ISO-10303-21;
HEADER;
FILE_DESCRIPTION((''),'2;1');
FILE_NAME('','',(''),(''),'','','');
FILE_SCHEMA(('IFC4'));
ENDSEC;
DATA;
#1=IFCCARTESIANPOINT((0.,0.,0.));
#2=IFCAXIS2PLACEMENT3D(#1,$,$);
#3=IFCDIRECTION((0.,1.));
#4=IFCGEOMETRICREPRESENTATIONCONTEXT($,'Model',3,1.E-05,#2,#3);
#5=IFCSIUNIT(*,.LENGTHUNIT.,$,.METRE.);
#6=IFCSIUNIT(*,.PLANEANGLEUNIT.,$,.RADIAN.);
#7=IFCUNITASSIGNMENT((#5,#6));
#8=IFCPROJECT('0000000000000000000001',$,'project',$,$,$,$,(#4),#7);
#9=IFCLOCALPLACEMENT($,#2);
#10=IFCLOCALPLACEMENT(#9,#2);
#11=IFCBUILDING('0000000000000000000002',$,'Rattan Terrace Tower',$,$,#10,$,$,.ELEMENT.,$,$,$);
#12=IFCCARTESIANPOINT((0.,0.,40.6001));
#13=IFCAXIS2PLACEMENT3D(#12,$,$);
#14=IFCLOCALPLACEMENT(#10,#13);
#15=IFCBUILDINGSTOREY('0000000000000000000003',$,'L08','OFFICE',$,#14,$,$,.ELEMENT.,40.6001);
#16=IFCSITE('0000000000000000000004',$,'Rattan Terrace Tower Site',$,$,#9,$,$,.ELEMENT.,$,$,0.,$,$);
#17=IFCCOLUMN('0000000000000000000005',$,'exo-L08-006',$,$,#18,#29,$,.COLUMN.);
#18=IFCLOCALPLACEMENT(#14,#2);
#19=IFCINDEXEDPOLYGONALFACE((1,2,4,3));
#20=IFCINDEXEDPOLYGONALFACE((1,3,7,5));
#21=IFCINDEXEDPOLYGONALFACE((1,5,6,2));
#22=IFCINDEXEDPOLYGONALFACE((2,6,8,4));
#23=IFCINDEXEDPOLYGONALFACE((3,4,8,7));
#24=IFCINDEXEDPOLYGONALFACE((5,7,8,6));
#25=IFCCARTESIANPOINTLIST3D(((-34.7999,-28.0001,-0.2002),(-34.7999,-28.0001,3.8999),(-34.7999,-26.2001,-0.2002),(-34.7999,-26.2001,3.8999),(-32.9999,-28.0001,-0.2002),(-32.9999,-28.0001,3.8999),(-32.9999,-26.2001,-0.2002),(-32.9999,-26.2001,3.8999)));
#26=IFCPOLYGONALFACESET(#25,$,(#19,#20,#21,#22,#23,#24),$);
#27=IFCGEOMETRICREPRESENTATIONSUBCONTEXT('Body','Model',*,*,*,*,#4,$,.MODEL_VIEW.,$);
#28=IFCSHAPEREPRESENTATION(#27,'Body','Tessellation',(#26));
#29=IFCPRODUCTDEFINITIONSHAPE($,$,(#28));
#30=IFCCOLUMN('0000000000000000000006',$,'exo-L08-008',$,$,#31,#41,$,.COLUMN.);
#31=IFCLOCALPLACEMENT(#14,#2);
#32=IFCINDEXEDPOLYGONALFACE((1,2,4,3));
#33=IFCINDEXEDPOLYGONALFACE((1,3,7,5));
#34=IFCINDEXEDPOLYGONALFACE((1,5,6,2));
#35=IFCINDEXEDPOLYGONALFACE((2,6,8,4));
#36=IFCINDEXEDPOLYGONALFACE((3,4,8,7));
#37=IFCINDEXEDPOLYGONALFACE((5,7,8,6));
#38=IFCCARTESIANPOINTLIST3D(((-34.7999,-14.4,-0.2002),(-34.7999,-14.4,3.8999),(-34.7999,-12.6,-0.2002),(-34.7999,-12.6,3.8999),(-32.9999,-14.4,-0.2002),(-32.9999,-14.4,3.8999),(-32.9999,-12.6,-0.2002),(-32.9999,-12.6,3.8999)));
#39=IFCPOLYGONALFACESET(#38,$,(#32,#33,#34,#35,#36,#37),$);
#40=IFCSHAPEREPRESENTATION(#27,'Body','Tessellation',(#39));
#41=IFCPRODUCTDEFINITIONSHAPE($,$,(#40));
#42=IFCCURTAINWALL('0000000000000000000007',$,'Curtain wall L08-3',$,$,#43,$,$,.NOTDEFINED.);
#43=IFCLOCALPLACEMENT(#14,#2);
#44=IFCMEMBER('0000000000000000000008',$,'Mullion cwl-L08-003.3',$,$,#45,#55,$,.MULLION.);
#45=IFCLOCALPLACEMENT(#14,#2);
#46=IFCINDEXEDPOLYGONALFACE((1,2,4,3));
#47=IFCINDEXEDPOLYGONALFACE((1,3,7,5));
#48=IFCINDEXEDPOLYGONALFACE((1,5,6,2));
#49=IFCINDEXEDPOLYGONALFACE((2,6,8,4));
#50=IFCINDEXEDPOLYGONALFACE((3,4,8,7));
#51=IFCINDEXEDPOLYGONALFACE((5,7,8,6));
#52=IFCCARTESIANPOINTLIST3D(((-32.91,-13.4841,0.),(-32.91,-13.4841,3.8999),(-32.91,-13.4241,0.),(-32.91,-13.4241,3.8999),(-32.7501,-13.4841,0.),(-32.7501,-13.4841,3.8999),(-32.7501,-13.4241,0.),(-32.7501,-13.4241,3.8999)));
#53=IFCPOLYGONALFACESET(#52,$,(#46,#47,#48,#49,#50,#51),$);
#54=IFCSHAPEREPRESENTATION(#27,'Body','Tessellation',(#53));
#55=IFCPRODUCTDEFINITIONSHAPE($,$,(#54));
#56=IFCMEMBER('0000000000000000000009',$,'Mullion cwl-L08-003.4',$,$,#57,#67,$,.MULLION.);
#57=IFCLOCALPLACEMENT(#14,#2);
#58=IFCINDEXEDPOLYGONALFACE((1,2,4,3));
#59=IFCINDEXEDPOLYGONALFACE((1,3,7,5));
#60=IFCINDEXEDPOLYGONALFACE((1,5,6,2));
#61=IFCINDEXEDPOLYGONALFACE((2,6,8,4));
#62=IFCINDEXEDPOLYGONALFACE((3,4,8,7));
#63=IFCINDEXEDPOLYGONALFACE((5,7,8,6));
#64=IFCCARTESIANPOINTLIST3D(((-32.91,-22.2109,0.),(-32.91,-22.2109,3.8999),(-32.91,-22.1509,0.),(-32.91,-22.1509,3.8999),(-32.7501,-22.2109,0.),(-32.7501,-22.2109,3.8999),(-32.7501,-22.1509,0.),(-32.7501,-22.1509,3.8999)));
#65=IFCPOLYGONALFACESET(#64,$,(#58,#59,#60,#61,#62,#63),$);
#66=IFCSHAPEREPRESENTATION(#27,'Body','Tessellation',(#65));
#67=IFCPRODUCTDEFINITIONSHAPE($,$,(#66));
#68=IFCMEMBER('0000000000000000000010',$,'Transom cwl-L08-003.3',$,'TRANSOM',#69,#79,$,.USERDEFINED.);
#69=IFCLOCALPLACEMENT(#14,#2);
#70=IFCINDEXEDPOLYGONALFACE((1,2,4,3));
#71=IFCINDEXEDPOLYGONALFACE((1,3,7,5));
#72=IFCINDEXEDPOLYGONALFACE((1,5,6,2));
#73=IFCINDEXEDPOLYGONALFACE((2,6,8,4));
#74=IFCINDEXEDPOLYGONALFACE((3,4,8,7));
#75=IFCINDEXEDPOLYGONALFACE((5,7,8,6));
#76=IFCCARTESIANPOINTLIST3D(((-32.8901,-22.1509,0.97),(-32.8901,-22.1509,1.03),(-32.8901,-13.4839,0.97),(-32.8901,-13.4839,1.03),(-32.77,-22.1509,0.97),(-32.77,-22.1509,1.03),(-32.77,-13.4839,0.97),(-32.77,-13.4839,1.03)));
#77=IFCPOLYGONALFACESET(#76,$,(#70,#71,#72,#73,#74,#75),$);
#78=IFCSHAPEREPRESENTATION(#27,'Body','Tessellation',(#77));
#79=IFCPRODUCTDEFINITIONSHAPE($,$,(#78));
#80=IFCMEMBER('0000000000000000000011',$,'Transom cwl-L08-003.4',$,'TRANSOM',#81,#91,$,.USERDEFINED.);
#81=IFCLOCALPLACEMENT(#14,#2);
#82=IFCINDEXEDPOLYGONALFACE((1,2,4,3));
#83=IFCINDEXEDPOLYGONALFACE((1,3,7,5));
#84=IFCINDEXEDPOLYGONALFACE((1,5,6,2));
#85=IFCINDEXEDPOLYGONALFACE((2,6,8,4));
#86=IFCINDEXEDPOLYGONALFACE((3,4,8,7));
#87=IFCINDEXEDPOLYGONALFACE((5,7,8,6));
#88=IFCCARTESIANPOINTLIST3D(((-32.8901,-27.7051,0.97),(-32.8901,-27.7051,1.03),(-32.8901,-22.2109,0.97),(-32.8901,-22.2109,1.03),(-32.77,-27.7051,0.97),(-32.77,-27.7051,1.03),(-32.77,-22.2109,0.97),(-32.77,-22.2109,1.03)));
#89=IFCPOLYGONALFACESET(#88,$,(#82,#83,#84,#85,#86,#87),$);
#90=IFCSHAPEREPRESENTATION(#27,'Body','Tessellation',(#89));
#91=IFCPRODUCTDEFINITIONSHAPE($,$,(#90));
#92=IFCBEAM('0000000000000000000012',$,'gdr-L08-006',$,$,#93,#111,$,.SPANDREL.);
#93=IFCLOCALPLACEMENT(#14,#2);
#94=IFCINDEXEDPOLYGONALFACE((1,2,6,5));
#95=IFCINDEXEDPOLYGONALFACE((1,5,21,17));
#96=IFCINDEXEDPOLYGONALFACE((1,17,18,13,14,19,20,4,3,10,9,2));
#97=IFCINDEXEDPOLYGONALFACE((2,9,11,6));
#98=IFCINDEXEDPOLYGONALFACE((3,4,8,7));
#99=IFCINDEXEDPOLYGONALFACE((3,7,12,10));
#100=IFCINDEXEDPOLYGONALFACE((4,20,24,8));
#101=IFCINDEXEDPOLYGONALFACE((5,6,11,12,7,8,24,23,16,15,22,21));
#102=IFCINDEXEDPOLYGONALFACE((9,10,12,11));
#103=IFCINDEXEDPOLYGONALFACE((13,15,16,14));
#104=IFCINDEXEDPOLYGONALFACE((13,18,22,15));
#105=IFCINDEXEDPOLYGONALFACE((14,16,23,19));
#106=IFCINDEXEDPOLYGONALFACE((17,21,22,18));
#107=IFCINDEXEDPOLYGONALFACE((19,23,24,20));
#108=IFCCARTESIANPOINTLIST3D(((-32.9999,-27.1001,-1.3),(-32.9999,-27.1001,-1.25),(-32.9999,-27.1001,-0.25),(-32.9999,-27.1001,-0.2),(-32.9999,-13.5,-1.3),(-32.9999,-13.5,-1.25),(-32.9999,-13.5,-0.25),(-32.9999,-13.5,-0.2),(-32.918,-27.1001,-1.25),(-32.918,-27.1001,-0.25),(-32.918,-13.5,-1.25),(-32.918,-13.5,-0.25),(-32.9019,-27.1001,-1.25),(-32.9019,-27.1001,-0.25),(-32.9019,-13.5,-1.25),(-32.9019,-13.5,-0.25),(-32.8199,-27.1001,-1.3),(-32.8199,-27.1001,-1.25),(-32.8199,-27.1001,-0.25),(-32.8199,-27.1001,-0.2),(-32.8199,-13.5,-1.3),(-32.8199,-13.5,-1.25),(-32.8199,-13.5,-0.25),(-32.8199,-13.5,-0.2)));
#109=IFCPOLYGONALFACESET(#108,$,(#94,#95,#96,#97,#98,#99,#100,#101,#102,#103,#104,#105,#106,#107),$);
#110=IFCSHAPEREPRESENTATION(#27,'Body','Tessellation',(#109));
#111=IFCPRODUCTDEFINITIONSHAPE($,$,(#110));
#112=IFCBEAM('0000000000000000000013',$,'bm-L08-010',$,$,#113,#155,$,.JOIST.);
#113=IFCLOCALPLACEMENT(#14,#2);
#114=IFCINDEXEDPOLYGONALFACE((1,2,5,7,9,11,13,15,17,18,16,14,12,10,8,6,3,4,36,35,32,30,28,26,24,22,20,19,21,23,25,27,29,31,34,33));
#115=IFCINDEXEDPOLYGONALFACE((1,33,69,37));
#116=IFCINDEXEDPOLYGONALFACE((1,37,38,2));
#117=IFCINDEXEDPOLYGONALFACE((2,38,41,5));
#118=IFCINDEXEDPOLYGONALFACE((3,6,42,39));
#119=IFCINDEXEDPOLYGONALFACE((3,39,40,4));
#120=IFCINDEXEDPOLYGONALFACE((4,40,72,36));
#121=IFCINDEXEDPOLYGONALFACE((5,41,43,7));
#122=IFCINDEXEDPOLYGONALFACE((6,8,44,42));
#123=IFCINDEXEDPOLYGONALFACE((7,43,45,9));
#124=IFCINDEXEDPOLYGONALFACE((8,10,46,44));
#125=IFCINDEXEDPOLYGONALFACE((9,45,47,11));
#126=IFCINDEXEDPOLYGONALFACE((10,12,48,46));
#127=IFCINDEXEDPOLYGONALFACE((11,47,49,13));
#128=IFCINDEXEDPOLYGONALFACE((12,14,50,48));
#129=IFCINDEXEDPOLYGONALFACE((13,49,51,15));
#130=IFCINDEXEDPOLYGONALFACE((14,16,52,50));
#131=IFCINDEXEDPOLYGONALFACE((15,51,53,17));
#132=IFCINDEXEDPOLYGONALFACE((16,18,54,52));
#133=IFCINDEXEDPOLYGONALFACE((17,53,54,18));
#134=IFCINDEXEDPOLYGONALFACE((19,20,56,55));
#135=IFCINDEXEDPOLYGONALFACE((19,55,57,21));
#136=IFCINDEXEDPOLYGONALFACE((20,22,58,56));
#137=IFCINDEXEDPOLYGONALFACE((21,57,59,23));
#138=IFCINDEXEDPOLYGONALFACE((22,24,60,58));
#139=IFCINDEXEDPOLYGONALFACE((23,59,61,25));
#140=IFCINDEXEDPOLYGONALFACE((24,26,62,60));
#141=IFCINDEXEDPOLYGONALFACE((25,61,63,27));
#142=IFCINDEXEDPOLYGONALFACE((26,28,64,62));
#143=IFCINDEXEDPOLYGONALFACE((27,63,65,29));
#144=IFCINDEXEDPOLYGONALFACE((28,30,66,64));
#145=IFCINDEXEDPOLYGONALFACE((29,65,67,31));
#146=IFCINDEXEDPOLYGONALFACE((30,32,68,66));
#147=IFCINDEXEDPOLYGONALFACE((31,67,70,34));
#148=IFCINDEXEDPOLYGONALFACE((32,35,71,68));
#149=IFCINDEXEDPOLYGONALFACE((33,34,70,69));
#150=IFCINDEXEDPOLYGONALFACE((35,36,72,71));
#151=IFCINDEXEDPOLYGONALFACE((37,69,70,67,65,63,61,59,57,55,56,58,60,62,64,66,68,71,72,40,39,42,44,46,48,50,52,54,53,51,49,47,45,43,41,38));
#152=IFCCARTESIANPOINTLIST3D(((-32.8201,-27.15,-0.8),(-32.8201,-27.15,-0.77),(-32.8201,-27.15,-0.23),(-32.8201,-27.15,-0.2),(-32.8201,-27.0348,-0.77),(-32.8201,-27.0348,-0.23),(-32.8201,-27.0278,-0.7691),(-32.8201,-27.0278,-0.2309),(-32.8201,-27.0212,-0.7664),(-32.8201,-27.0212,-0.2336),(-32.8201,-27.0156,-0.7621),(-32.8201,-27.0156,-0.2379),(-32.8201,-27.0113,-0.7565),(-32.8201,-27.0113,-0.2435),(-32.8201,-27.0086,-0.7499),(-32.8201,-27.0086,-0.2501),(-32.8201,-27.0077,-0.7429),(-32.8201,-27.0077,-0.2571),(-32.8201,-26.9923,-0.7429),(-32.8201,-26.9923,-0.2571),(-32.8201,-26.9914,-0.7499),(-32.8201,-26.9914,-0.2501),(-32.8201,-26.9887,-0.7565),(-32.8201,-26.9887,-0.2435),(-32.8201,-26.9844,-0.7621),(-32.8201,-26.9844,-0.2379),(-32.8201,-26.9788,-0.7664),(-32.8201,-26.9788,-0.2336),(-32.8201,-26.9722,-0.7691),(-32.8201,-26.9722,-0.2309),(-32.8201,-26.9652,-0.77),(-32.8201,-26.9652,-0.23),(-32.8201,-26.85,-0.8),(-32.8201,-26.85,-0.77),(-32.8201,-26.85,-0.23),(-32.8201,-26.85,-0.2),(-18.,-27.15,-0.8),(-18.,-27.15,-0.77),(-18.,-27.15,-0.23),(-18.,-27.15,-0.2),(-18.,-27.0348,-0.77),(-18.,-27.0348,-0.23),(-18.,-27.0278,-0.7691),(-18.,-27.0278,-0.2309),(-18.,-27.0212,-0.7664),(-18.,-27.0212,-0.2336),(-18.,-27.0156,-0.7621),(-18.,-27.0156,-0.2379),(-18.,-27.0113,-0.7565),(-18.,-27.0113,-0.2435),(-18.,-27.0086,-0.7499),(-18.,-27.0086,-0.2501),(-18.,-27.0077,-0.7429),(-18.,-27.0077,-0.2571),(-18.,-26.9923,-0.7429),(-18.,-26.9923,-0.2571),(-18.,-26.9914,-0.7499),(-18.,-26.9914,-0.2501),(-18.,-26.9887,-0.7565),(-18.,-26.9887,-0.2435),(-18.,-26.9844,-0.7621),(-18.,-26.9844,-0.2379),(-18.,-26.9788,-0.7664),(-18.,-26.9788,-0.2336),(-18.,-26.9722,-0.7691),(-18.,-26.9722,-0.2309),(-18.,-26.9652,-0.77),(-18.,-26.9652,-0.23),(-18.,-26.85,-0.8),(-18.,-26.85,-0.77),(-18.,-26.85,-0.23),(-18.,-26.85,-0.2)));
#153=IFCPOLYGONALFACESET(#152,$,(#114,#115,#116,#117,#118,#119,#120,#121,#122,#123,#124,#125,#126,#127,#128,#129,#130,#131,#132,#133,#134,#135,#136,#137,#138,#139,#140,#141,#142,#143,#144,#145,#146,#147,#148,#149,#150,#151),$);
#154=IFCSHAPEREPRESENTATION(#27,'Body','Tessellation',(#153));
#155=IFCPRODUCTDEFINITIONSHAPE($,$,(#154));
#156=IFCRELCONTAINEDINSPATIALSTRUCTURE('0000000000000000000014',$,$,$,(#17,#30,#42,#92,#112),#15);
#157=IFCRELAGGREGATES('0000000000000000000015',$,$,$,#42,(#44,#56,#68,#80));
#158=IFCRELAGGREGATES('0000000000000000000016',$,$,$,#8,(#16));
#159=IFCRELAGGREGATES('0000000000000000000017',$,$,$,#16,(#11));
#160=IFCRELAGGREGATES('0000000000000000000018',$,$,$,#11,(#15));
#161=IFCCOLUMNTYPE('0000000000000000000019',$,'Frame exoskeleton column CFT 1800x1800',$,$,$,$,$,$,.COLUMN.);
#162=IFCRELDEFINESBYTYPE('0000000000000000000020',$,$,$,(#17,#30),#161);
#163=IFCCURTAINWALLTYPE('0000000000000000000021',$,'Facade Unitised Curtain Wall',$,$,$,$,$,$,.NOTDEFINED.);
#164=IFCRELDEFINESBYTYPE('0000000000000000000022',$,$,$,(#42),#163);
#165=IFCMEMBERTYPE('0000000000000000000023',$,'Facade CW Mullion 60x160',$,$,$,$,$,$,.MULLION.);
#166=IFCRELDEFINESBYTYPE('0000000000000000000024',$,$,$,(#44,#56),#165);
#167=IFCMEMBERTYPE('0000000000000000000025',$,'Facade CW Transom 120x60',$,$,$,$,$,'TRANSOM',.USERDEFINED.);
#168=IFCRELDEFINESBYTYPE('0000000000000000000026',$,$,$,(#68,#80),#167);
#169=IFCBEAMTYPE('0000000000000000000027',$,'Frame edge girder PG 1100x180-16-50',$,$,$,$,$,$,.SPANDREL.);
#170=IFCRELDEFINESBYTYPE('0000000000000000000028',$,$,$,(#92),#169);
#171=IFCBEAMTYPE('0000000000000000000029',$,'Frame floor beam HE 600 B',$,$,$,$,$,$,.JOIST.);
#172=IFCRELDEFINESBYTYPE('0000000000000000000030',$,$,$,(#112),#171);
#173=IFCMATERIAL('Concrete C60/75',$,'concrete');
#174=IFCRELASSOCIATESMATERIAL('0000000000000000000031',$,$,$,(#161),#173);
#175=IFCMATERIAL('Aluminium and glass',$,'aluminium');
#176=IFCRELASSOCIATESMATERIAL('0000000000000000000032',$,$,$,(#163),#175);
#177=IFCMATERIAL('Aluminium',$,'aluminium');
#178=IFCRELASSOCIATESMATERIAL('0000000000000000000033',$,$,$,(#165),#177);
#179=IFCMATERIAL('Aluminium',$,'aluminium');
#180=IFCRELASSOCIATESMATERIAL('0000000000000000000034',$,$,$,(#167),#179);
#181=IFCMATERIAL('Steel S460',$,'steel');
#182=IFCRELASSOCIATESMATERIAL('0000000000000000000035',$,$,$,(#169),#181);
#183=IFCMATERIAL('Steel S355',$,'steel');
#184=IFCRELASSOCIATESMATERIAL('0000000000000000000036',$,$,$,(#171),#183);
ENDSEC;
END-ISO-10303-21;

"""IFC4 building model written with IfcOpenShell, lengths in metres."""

from ifc_helpers import new_model, si_unit, direction, frame, origin, origin_2d, place, context, subcontext, project, spatial, rectangle, i_section, extrude, material, material_profile, profile_set, type_object, element, aggregate, save


model = new_model("IFC4")

# Units and contexts
model_context = context("Model", 3, precision=1e-05, world=origin(), true_north=direction((0.0, 1.0)))
body_context = subcontext(model_context, "Body", "Model", "MODEL_VIEW")
ifc_project = project(units=[si_unit("LENGTHUNIT", "METRE"), si_unit("PLANEANGLEUNIT", "RADIAN")], contexts=[model_context])

# Site, building, storey
site_placement = place(None, origin())
site = spatial("IfcSite", under=ifc_project, at=site_placement, Name="Rattan Terrace Tower Site", CompositionType="ELEMENT", RefElevation=0.0)
building_placement = place(site_placement, origin())
building = spatial("IfcBuilding", under=site, at=building_placement, Name="Rattan Terrace Tower", CompositionType="ELEMENT")
storey_placement = place(building_placement, frame((0.0, 0.0, 40.6001)))
storey = spatial("IfcBuildingStorey", under=building, at=storey_placement, Name="L08", Description="OFFICE", CompositionType="ELEMENT", Elevation=40.6001)

# Columns
ifc_material_1 = material(Name="Concrete C60/75", Category="concrete")
ifc_material_profile_1 = material_profile(ifc_material_1, rectangle(XDim=1.8, YDim=1.8, at=origin_2d()), Name="CFT 1800x1800")
ifc_profile_set_1 = profile_set([ifc_material_profile_1], Name="Concrete C60/75")
column_type = type_object("IfcColumnType", Name="Frame exoskeleton column CFT 1800x1800", PredefinedType="COLUMN", material=ifc_profile_set_1)
for number, where, z_axis, x_axis, name in (
    (1, (-33.8999, -27.1001, -0.2002), (0.0, 0.0, 1.0), (0.0, 1.0, 0.0), "exo-L08-006"),
    (2, (-33.8999, -13.5, -0.2002), (0.0, 0.0, 1.0), (0.0, 1.0, 0.0), "exo-L08-008"),
):
    element("IfcColumn", number, at=place(storey_placement, frame(where, z_axis=z_axis, x_axis=x_axis)), inside=storey, type_object=column_type, Name=name, PredefinedType="COLUMN", context=body_context, shape_type="SweptSolid", body=[
        extrude(rectangle(XDim=1.8, YDim=1.8, at=origin_2d()), origin(), (0.0, 0.0, 1.0), 4.1001),
    ])

# Curtain wall, members
ifc_material_2 = material(Name="Aluminium and glass", Category="aluminium")
curtain_wall_type = type_object("IfcCurtainWallType", Name="Facade Unitised Curtain Wall", PredefinedType="NOTDEFINED", material=ifc_material_2)
curtain_wall_placement = place(storey_placement, origin())
curtain_wall = element("IfcCurtainWall", 3, at=curtain_wall_placement, inside=storey, type_object=curtain_wall_type, Name="Curtain wall L08-3", PredefinedType="NOTDEFINED")
ifc_material_3 = material(Name="Aluminium", Category="aluminium")
ifc_material_profile_2 = material_profile(ifc_material_3, rectangle(XDim=0.0601, YDim=0.1599, at=origin_2d()), Name="Aluminium 60x160")
ifc_profile_set_2 = profile_set([ifc_material_profile_2], Name="Aluminium")
member_type_1 = type_object("IfcMemberType", Name="Facade CW Mullion 60x160", PredefinedType="MULLION", material=ifc_profile_set_2)
member_1_placement = place(storey_placement, frame((-32.8301, -13.4541, 0.0), z_axis=(0.0, 0.0, 1.0), x_axis=(0.0, -1.0, 0.0)))
member_1 = element("IfcMember", 4, at=member_1_placement, type_object=member_type_1, Name="Mullion cwl-L08-003.3", PredefinedType="MULLION", context=body_context, shape_type="SweptSolid", body=[
    extrude(rectangle(XDim=0.0601, YDim=0.1599, at=origin_2d()), origin(), (0.0, 0.0, 1.0), 3.8999),
])
member_2_placement = place(storey_placement, frame((-32.8301, -22.1809, 0.0), z_axis=(0.0, 0.0, 1.0), x_axis=(0.0, -1.0, 0.0)))
member_2 = element("IfcMember", 5, at=member_2_placement, type_object=member_type_1, Name="Mullion cwl-L08-003.4", PredefinedType="MULLION", context=body_context, shape_type="SweptSolid", body=[
    extrude(rectangle(XDim=0.0601, YDim=0.1599, at=origin_2d()), origin(), (0.0, 0.0, 1.0), 3.8999),
])
ifc_material_4 = material(Name="Aluminium", Category="aluminium")
ifc_material_profile_3 = material_profile(ifc_material_4, rectangle(XDim=0.1201, YDim=0.0601, at=origin_2d()), Name="Aluminium 120x60")
ifc_profile_set_3 = profile_set([ifc_material_profile_3], Name="Aluminium")
member_type_2 = type_object("IfcMemberType", Name="Facade CW Transom 120x60", ElementType="TRANSOM", PredefinedType="USERDEFINED", material=ifc_profile_set_3)
member_3_placement = place(storey_placement, frame((-32.8301, -13.4839, 1.0), z_axis=(0.0, -1.0, 0.0), x_axis=(1.0, 0.0, 0.0)))
member_3 = element("IfcMember", 6, at=member_3_placement, type_object=member_type_2, Name="Transom cwl-L08-003.3", ObjectType="TRANSOM", PredefinedType="USERDEFINED", context=body_context, shape_type="SweptSolid", body=[
    extrude(rectangle(XDim=0.1201, YDim=0.0601, at=origin_2d()), origin(), (0.0, 0.0, 1.0), 8.667),
])
member_4_placement = place(storey_placement, frame((-32.8301, -22.2109, 1.0), z_axis=(0.0, -1.0, 0.0), x_axis=(1.0, 0.0, 0.0)))
member_4 = element("IfcMember", 7, at=member_4_placement, type_object=member_type_2, Name="Transom cwl-L08-003.4", ObjectType="TRANSOM", PredefinedType="USERDEFINED", context=body_context, shape_type="SweptSolid", body=[
    extrude(rectangle(XDim=0.1201, YDim=0.0601, at=origin_2d()), origin(), (0.0, 0.0, 1.0), 5.4941),
])

# Beams
ifc_material_5 = material(Name="Steel S460", Category="steel")
ifc_material_profile_4 = material_profile(ifc_material_5, i_section(OverallWidth=0.1799, OverallDepth=1.1001, WebThickness=0.0161, FlangeThickness=0.05, at=origin_2d()), Name="PG 1100x180-16-50")
ifc_profile_set_4 = profile_set([ifc_material_profile_4], Name="Steel S460")
beam_type_1 = type_object("IfcBeamType", Name="Frame edge girder PG 1100x180-16-50", PredefinedType="SPANDREL", material=ifc_profile_set_4)
beam_placement = place(storey_placement, frame((-32.9099, -13.5, -0.75), z_axis=(0.0, -1.0, 0.0), x_axis=(1.0, 0.0, 0.0)))
element("IfcBeam", 8, at=beam_placement, inside=storey, type_object=beam_type_1, Name="gdr-L08-006", PredefinedType="SPANDREL", context=body_context, shape_type="SweptSolid", body=[
    extrude(i_section(OverallWidth=0.1799, OverallDepth=1.1001, WebThickness=0.0161, FlangeThickness=0.05, at=origin_2d()), origin(), (0.0, 0.0, 1.0), 13.6001),
])
ifc_material_6 = material(Name="Steel S355", Category="steel")
ifc_material_profile_5 = material_profile(ifc_material_6, i_section(OverallWidth=0.3, OverallDepth=0.6001, WebThickness=0.0154, FlangeThickness=0.03, FilletRadius=0.0271, at=origin_2d()), Name="HE 600 B")
ifc_profile_set_5 = profile_set([ifc_material_profile_5], Name="Steel S355")
beam_type_2 = type_object("IfcBeamType", Name="Frame floor beam HE 600 B", PredefinedType="JOIST", material=ifc_profile_set_5)
for number, where, z_axis, x_axis, name in (
    (9, (-32.8201, -27.0, -0.5), (1.0, 0.0, 0.0), (0.0, 1.0, 0.0), "bm-L08-010"),
):
    element("IfcBeam", number, at=place(storey_placement, frame(where, z_axis=z_axis, x_axis=x_axis)), inside=storey, type_object=beam_type_2, Name=name, PredefinedType="JOIST", context=body_context, shape_type="SweptSolid", body=[
        extrude(i_section(OverallWidth=0.3, OverallDepth=0.6001, WebThickness=0.0154, FlangeThickness=0.03, FilletRadius=0.0271, at=origin_2d()), origin(), (0.0, 0.0, 1.0), 14.8201),
    ])

aggregate(curtain_wall, [member_1, member_2, member_3, member_4])

save(model, "model.ifc")
